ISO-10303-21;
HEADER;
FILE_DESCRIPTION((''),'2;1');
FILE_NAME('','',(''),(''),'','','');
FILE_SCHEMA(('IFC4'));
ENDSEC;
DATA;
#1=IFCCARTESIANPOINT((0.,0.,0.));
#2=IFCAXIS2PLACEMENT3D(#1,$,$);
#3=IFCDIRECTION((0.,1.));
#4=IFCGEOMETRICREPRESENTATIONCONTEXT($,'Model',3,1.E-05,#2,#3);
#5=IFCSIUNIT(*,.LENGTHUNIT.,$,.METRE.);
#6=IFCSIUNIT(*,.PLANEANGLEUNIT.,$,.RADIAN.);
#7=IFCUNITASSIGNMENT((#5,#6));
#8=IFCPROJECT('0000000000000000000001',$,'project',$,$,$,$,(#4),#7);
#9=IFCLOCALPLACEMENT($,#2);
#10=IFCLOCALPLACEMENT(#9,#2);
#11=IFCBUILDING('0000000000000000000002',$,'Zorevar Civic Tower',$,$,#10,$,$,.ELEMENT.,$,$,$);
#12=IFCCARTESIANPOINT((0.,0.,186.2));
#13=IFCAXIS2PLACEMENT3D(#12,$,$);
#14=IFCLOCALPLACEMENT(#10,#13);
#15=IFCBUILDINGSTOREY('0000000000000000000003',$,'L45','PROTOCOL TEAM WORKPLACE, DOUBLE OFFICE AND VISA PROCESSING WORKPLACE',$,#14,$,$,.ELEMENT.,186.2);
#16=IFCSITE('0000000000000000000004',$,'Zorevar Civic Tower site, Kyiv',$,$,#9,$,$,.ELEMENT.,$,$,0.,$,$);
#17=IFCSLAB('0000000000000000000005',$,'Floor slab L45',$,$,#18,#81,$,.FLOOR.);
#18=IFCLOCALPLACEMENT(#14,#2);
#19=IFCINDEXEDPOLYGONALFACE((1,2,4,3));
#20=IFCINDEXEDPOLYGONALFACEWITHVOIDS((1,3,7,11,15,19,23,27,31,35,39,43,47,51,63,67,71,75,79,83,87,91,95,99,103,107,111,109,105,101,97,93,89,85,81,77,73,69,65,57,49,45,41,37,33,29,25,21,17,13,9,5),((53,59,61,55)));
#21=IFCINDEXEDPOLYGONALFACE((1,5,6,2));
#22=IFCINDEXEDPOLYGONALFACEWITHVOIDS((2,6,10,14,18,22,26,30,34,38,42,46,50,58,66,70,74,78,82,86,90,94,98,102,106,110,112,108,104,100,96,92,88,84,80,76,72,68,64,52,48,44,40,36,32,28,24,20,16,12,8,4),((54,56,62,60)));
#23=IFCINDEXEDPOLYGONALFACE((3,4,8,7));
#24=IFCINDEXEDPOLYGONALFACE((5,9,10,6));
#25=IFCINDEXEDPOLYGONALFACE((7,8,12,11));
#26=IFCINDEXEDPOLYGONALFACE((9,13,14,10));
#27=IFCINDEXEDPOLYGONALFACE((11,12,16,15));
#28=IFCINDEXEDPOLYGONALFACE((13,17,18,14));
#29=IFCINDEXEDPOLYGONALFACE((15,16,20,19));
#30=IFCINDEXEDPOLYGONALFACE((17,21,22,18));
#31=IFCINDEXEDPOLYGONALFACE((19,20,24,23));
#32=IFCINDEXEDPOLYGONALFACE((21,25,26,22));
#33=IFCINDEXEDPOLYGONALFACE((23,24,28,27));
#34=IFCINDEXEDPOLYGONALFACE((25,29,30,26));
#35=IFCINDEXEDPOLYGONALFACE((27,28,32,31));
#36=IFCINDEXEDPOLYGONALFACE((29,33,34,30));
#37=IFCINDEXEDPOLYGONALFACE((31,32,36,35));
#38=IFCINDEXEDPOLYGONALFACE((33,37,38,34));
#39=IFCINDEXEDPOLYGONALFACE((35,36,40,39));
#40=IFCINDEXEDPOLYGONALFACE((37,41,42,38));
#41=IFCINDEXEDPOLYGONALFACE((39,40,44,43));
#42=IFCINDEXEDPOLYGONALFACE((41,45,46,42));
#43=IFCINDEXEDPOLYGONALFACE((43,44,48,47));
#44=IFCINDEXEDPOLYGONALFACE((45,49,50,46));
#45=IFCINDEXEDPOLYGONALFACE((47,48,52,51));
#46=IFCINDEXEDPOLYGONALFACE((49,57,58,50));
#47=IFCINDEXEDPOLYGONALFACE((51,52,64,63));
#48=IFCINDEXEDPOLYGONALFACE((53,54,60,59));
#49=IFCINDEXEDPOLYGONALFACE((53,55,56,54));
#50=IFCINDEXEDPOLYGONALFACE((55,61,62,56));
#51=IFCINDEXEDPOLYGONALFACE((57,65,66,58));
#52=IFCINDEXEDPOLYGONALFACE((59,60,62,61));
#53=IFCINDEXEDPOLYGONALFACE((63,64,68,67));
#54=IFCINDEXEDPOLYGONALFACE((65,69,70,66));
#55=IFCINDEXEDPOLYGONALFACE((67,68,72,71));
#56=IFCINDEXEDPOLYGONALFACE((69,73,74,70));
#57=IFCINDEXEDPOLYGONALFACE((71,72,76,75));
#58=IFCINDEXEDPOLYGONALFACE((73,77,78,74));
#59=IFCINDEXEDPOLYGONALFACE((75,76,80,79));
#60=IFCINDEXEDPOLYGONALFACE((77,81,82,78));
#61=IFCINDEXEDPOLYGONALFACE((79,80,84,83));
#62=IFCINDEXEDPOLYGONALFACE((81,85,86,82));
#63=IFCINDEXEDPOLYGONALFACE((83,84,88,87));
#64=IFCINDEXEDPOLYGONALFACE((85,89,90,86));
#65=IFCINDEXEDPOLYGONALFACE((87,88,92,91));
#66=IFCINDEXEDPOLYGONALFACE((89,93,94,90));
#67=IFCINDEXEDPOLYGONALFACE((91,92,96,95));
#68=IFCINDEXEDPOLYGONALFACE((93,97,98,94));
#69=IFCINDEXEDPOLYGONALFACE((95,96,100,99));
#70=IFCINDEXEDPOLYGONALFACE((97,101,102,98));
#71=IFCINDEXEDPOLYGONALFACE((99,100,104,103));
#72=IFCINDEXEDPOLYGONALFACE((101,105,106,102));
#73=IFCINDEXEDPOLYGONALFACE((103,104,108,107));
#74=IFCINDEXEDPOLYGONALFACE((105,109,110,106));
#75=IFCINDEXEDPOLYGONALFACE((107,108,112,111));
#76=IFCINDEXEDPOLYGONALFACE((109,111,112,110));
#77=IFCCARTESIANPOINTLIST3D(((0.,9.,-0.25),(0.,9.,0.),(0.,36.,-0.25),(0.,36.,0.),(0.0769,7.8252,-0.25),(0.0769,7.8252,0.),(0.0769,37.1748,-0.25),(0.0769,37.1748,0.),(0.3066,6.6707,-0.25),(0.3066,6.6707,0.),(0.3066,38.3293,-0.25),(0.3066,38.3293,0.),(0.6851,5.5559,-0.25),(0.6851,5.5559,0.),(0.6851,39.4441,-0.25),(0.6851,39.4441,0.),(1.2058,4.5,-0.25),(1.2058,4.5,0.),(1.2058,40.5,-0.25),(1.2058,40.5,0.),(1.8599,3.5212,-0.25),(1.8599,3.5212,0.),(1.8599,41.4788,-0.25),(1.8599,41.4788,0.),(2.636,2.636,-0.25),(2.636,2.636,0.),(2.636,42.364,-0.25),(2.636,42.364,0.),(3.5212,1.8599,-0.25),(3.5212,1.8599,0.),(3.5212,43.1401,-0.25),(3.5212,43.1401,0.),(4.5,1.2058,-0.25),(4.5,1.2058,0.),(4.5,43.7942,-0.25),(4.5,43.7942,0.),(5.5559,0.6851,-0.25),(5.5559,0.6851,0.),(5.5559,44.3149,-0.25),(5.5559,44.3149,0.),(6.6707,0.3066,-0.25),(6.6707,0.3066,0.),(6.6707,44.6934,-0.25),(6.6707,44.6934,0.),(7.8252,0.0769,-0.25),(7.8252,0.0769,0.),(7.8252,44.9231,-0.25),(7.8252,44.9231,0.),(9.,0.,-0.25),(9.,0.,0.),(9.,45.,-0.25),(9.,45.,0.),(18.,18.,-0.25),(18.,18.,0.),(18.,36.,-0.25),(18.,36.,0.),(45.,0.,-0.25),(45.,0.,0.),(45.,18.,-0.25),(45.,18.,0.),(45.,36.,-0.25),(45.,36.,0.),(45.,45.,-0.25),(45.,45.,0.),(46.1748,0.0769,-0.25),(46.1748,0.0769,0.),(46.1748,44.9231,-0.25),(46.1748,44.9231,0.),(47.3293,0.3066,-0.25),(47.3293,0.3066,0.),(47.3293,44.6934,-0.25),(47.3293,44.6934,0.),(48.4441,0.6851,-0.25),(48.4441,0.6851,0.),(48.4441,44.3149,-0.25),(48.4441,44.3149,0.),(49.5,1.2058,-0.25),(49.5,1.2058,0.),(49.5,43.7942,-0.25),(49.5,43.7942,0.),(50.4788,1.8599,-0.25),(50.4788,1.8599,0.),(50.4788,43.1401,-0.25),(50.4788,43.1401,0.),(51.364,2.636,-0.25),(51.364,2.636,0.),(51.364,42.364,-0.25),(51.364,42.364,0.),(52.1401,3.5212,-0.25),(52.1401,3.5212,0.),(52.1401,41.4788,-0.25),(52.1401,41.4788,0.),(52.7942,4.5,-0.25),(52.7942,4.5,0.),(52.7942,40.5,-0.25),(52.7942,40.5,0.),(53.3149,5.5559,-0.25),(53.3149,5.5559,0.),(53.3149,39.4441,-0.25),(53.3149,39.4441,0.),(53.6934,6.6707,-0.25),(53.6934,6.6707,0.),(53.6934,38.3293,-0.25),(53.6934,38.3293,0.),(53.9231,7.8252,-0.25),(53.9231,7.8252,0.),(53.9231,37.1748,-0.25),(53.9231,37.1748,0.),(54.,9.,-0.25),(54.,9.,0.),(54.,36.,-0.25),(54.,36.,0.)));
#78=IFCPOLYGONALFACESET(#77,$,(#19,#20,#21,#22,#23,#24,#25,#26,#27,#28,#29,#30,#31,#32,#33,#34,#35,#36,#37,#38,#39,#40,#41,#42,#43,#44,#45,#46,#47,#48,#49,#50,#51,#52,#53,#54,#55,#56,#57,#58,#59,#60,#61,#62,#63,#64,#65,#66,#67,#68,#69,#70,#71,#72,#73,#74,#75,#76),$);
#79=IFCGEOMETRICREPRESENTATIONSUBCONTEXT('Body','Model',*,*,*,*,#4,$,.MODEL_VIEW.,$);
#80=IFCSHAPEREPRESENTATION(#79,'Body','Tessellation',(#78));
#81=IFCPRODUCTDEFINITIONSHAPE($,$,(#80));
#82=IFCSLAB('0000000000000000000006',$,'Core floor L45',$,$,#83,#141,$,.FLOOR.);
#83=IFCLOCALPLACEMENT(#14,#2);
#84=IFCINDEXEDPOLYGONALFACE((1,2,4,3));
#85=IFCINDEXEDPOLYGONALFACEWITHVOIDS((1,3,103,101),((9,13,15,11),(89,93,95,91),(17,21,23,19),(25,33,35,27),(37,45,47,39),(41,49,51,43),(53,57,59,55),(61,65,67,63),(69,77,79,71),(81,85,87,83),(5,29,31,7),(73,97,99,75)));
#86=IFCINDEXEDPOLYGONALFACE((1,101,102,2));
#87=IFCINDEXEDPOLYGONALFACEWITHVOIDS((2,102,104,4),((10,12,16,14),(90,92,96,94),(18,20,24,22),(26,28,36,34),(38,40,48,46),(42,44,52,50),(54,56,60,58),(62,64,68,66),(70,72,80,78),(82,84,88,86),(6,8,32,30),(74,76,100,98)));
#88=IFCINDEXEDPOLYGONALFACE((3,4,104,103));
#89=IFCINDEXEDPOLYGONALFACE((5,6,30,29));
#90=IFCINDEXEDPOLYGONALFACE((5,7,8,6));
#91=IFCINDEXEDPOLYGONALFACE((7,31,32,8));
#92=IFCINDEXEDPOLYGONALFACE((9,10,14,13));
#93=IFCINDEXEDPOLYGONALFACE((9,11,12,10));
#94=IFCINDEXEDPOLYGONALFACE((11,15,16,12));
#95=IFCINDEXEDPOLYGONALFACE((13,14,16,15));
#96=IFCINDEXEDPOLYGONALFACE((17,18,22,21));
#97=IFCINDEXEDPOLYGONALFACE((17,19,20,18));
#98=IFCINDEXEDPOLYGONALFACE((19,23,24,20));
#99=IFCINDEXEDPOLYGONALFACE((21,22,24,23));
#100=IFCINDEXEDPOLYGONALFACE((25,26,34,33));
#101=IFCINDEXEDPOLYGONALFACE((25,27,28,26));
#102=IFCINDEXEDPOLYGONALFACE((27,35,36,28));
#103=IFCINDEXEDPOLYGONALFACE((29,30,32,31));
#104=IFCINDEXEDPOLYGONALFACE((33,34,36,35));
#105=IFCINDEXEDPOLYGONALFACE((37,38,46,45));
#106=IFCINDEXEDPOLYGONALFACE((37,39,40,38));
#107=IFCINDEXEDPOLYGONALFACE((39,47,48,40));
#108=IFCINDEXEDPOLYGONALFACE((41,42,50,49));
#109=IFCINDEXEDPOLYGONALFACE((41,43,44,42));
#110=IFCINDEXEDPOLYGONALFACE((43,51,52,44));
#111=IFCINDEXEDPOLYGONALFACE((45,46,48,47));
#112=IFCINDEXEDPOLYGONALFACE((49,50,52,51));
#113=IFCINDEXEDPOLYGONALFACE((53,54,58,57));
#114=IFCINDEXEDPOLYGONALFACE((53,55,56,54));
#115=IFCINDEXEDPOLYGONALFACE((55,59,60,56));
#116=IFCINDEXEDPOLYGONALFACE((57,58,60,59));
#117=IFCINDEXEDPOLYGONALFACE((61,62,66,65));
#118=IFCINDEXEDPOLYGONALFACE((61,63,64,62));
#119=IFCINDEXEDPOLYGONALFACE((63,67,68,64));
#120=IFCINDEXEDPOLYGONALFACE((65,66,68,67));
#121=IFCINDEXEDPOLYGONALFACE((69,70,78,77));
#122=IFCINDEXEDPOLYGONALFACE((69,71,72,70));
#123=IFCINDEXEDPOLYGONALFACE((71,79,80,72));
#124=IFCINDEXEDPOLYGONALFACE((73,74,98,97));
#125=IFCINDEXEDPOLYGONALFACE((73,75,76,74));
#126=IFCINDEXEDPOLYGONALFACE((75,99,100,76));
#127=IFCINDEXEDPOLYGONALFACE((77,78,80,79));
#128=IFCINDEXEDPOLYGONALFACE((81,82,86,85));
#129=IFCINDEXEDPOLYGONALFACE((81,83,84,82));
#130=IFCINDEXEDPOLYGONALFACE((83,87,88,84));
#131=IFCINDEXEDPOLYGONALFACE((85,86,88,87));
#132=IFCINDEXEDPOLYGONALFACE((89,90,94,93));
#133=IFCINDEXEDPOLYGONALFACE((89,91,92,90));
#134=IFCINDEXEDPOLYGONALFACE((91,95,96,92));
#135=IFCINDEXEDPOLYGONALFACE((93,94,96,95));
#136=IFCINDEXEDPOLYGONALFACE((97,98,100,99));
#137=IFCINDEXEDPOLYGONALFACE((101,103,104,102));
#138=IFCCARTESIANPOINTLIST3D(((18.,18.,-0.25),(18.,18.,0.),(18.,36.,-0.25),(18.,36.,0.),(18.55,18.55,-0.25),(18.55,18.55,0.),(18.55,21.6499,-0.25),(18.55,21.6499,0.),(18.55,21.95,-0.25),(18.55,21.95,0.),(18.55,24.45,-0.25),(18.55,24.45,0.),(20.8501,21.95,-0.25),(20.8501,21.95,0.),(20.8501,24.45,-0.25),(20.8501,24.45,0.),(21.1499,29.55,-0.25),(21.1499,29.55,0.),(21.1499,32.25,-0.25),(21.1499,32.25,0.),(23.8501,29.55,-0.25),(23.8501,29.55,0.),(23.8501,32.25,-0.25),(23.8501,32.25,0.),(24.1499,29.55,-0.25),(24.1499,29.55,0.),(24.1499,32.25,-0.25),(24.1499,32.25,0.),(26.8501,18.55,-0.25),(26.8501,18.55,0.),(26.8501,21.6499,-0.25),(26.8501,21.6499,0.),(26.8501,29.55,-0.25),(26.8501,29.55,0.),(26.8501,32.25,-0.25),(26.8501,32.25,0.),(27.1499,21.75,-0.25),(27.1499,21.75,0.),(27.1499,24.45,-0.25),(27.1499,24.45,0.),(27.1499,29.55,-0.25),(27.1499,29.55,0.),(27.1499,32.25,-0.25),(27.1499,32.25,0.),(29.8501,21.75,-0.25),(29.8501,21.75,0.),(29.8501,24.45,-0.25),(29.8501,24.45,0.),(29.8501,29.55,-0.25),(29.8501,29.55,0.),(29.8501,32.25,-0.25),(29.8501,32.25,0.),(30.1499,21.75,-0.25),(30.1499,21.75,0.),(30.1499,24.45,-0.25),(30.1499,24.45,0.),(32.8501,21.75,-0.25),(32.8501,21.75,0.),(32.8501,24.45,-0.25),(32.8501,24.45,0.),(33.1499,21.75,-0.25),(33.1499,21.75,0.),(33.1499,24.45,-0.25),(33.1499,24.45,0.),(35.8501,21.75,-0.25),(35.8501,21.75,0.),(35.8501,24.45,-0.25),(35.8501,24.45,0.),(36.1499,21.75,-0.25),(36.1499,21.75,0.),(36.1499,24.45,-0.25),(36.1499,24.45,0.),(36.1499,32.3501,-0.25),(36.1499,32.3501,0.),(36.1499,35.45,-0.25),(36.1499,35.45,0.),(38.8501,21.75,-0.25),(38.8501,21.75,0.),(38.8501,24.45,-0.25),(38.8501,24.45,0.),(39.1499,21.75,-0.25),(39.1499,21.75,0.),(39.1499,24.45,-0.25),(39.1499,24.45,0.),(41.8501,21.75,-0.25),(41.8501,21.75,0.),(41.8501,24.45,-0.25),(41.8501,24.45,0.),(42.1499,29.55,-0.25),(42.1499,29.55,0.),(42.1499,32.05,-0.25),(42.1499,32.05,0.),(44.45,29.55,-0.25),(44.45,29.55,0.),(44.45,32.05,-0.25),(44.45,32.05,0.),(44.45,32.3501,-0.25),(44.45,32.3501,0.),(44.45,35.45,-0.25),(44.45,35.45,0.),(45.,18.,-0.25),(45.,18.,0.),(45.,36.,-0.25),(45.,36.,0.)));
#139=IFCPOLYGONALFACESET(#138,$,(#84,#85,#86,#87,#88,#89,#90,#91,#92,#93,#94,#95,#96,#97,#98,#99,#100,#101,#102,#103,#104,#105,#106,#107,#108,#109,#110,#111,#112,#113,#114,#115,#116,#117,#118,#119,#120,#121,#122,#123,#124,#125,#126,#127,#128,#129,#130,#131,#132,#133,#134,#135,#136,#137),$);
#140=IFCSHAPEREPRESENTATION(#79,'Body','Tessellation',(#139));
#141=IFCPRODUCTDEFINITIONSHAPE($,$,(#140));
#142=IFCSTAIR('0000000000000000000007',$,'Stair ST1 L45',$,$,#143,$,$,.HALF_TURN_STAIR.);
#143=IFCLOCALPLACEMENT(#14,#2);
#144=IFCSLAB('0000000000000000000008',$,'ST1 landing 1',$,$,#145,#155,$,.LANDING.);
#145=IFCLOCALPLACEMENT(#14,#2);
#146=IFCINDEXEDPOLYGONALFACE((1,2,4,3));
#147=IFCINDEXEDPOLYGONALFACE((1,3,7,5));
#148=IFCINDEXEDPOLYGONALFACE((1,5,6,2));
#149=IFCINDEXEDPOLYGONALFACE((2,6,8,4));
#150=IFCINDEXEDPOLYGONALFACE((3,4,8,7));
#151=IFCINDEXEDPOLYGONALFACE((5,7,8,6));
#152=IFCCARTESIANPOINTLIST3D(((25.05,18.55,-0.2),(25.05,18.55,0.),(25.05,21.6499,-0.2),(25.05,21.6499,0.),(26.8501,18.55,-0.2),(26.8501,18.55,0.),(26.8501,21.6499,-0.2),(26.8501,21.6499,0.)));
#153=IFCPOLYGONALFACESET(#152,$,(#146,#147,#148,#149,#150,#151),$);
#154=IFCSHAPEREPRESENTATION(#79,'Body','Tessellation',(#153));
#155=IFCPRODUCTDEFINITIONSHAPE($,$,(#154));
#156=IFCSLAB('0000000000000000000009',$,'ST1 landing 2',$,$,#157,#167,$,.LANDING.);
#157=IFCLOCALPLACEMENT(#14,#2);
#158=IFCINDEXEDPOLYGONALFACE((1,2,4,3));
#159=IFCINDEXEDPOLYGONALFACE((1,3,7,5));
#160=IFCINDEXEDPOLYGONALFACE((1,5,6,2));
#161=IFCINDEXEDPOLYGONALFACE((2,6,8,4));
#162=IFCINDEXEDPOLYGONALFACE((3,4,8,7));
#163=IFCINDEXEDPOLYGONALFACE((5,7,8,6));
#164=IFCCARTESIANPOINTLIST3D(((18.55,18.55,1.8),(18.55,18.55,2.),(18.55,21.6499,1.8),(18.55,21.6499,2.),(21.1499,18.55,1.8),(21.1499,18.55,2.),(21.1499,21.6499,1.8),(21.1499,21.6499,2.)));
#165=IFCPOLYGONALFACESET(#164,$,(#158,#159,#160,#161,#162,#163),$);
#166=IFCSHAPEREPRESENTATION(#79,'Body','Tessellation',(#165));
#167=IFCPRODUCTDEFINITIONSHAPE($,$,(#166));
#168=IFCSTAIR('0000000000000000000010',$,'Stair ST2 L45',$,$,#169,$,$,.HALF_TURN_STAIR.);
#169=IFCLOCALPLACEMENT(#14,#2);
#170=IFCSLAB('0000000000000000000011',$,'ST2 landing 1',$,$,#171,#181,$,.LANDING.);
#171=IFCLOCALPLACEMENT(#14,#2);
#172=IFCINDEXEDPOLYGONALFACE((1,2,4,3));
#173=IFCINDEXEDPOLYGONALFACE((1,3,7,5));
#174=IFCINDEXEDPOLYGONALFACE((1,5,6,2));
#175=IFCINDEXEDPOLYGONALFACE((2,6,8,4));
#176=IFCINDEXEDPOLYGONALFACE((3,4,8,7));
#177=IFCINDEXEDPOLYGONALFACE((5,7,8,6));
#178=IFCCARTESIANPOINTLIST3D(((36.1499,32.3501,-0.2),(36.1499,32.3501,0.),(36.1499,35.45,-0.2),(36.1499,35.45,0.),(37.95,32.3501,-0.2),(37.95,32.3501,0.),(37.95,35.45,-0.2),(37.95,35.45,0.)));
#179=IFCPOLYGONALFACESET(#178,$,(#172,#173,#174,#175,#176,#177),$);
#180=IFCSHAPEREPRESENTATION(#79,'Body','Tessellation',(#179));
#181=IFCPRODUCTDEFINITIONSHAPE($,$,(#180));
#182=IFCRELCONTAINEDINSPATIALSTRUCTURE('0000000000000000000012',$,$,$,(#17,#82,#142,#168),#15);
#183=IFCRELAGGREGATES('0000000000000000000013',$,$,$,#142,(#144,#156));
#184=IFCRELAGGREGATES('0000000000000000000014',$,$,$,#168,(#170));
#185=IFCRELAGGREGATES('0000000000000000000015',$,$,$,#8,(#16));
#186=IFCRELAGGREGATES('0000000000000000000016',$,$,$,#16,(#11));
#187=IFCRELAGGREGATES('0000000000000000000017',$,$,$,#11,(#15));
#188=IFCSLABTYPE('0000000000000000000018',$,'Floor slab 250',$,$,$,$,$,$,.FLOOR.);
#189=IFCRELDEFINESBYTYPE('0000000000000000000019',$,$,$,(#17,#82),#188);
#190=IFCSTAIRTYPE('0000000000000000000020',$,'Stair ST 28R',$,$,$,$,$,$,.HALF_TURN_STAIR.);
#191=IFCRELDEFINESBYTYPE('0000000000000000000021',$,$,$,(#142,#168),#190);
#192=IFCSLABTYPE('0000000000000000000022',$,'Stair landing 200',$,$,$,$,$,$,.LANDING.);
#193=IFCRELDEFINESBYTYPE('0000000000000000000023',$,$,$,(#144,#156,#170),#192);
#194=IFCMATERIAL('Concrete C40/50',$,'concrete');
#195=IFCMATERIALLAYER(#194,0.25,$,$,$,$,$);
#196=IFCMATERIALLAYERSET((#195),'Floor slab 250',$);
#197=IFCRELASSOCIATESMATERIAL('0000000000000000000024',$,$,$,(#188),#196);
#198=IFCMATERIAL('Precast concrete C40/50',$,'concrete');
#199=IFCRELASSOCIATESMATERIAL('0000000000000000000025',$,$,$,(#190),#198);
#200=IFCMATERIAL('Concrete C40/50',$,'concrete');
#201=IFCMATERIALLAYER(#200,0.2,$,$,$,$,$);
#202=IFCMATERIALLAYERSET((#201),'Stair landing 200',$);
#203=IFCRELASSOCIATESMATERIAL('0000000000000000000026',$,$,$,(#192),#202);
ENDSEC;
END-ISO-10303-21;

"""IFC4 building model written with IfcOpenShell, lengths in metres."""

from ifc_helpers import new_model, si_unit, direction, frame, origin, place, context, subcontext, project, spatial, polyline, outline, extrude, material, layer, layer_set, type_object, element, aggregate, save


model = new_model("IFC4")

# Units and contexts
model_context = context("Model", 3, precision=1e-05, world=origin(), true_north=direction((0.0, 1.0)))
body_context = subcontext(model_context, "Body", "Model", "MODEL_VIEW")
ifc_project = project(units=[si_unit("LENGTHUNIT", "METRE"), si_unit("PLANEANGLEUNIT", "RADIAN")], contexts=[model_context])

# Site, building, storey
site_placement = place(None, origin())
site = spatial("IfcSite", under=ifc_project, at=site_placement, Name="Zorevar Civic Tower site, Kyiv", CompositionType="ELEMENT", RefElevation=0.0)
building_placement = place(site_placement, origin())
building = spatial("IfcBuilding", under=site, at=building_placement, Name="Zorevar Civic Tower", CompositionType="ELEMENT")
storey_placement = place(building_placement, frame((0.0, 0.0, 186.2)))
storey = spatial("IfcBuildingStorey", under=building, at=storey_placement, Name="L45", Description="PROTOCOL TEAM WORKPLACE, DOUBLE OFFICE AND VISA PROCESSING WORKPLACE", CompositionType="ELEMENT", Elevation=186.2)

# Slabs
ifc_material_1 = material(Name="Concrete C40/50", Category="concrete")
ifc_layer_1 = layer(ifc_material_1, 0.25)
ifc_layer_set_1 = layer_set([ifc_layer_1], Name="Floor slab 250")
slab_type_1 = type_object("IfcSlabType", Name="Floor slab 250", PredefinedType="FLOOR", material=ifc_layer_set_1)
slab_1_placement = place(storey_placement, frame((0.0, 0.0, -0.25)))
element("IfcSlab", 1, at=slab_1_placement, inside=storey, type_object=slab_type_1, Name="Floor slab L45", PredefinedType="FLOOR", context=body_context, shape_type="SweptSolid", body=[
    extrude(outline(polyline([(45.0, 0.0), (46.1748, 0.0769), (47.3293, 0.3066), (48.4441, 0.6851), (49.5, 1.2058), (50.4788, 1.8599), (51.364, 2.636), (52.1401, 3.5212), (52.7942, 4.5), (53.3149, 5.5559), (53.6934, 6.6707), (53.9231, 7.8252), (54.0, 9.0), (54.0, 36.0), (53.9231, 37.1748), (53.6934, 38.3293), (53.3149, 39.4441), (52.7942, 40.5), (52.1401, 41.4788), (51.364, 42.364), (50.4788, 43.1401), (49.5, 43.7942), (48.4441, 44.3149), (47.3293, 44.6934), (46.1748, 44.9231), (45.0, 45.0), (9.0, 45.0), (7.8252, 44.9231), (6.6707, 44.6934), (5.5559, 44.3149), (4.5, 43.7942), (3.5212, 43.1401), (2.636, 42.364), (1.8599, 41.4788), (1.2058, 40.5), (0.6851, 39.4441), (0.3066, 38.3293), (0.0769, 37.1748), (0.0, 36.0), (0.0, 9.0), (0.0769, 7.8252), (0.3066, 6.6707), (0.6851, 5.5559), (1.2058, 4.5), (1.8599, 3.5212), (2.636, 2.636), (3.5212, 1.8599), (4.5, 1.2058), (5.5559, 0.6851), (6.6707, 0.3066), (7.8252, 0.0769), (9.0, 0.0), (45.0, 0.0)]), holes=[polyline([(18.0, 18.0), (45.0, 18.0), (45.0, 36.0), (18.0, 36.0), (18.0, 18.0)])]), origin(), (0.0, 0.0, 1.0), 0.25),
])
slab_2_placement = place(storey_placement, frame((0.0, 0.0, -0.25)))
element("IfcSlab", 2, at=slab_2_placement, inside=storey, type_object=slab_type_1, Name="Core floor L45", PredefinedType="FLOOR", context=body_context, shape_type="SweptSolid", body=[
    extrude(outline(polyline([(18.0, 18.0), (45.0, 18.0), (45.0, 36.0), (18.0, 36.0), (18.0, 18.0)]), holes=[polyline([(18.55, 18.55), (26.8501, 18.55), (26.8501, 21.6499), (18.55, 21.6499), (18.55, 18.55)]), polyline([(36.1499, 32.3501), (44.45, 32.3501), (44.45, 35.45), (36.1499, 35.45), (36.1499, 32.3501)]), polyline([(18.55, 21.95), (20.8501, 21.95), (20.8501, 24.45), (18.55, 24.45), (18.55, 21.95)]), polyline([(42.1499, 29.55), (44.45, 29.55), (44.45, 32.05), (42.1499, 32.05), (42.1499, 29.55)]), polyline([(27.1499, 21.75), (29.8501, 21.75), (29.8501, 24.45), (27.1499, 24.45), (27.1499, 21.75)]), polyline([(30.1499, 21.75), (32.8501, 21.75), (32.8501, 24.45), (30.1499, 24.45), (30.1499, 21.75)]), polyline([(33.1499, 21.75), (35.8501, 21.75), (35.8501, 24.45), (33.1499, 24.45), (33.1499, 21.75)]), polyline([(27.1499, 29.55), (29.8501, 29.55), (29.8501, 32.25), (27.1499, 32.25), (27.1499, 29.55)]), polyline([(36.1499, 21.75), (38.8501, 21.75), (38.8501, 24.45), (36.1499, 24.45), (36.1499, 21.75)]), polyline([(24.1499, 29.55), (26.8501, 29.55), (26.8501, 32.25), (24.1499, 32.25), (24.1499, 29.55)]), polyline([(39.1499, 21.75), (41.8501, 21.75), (41.8501, 24.45), (39.1499, 24.45), (39.1499, 21.75)]), polyline([(21.1499, 29.55), (23.8501, 29.55), (23.8501, 32.25), (21.1499, 32.25), (21.1499, 29.55)])]), origin(), (0.0, 0.0, 1.0), 0.25),
])

# Stairs, slabs
ifc_material_2 = material(Name="Precast concrete C40/50", Category="concrete")
stair_type = type_object("IfcStairType", Name="Stair ST 28R", PredefinedType="HALF_TURN_STAIR", material=ifc_material_2)
stair_1_placement = place(storey_placement, origin())
stair_1 = element("IfcStair", 3, at=stair_1_placement, inside=storey, type_object=stair_type, Name="Stair ST1 L45", PredefinedType="HALF_TURN_STAIR")
ifc_material_3 = material(Name="Concrete C40/50", Category="concrete")
ifc_layer_2 = layer(ifc_material_3, 0.2)
ifc_layer_set_2 = layer_set([ifc_layer_2], Name="Stair landing 200")
slab_type_2 = type_object("IfcSlabType", Name="Stair landing 200", PredefinedType="LANDING", material=ifc_layer_set_2)
slab_3_placement = place(storey_placement, frame((0.0, 0.0, -0.2)))
slab_3 = element("IfcSlab", 4, at=slab_3_placement, type_object=slab_type_2, Name="ST1 landing 1", PredefinedType="LANDING", context=body_context, shape_type="SweptSolid", body=[
    extrude(outline(polyline([(25.05, 18.55), (26.8501, 18.55), (26.8501, 21.6499), (25.05, 21.6499), (25.05, 18.55)])), origin(), (0.0, 0.0, 1.0), 0.2),
])
slab_4_placement = place(storey_placement, frame((0.0, 0.0, 1.8)))
slab_4 = element("IfcSlab", 5, at=slab_4_placement, type_object=slab_type_2, Name="ST1 landing 2", PredefinedType="LANDING", context=body_context, shape_type="SweptSolid", body=[
    extrude(outline(polyline([(18.55, 18.55), (21.1499, 18.55), (21.1499, 21.6499), (18.55, 21.6499), (18.55, 18.55)])), origin(), (0.0, 0.0, 1.0), 0.2),
])
aggregate(stair_1, [slab_3, slab_4])
stair_2_placement = place(storey_placement, origin())
stair_2 = element("IfcStair", 6, at=stair_2_placement, inside=storey, type_object=stair_type, Name="Stair ST2 L45", PredefinedType="HALF_TURN_STAIR")
slab_5_placement = place(storey_placement, frame((0.0, 0.0, -0.2)))
slab_5 = element("IfcSlab", 7, at=slab_5_placement, type_object=slab_type_2, Name="ST2 landing 1", PredefinedType="LANDING", context=body_context, shape_type="SweptSolid", body=[
    extrude(outline(polyline([(37.95, 32.3501), (36.1499, 32.3501), (36.1499, 35.45), (37.95, 35.45), (37.95, 32.3501)])), origin(), (0.0, 0.0, 1.0), 0.2),
])
aggregate(stair_2, [slab_5])

save(model, "model.ifc")
